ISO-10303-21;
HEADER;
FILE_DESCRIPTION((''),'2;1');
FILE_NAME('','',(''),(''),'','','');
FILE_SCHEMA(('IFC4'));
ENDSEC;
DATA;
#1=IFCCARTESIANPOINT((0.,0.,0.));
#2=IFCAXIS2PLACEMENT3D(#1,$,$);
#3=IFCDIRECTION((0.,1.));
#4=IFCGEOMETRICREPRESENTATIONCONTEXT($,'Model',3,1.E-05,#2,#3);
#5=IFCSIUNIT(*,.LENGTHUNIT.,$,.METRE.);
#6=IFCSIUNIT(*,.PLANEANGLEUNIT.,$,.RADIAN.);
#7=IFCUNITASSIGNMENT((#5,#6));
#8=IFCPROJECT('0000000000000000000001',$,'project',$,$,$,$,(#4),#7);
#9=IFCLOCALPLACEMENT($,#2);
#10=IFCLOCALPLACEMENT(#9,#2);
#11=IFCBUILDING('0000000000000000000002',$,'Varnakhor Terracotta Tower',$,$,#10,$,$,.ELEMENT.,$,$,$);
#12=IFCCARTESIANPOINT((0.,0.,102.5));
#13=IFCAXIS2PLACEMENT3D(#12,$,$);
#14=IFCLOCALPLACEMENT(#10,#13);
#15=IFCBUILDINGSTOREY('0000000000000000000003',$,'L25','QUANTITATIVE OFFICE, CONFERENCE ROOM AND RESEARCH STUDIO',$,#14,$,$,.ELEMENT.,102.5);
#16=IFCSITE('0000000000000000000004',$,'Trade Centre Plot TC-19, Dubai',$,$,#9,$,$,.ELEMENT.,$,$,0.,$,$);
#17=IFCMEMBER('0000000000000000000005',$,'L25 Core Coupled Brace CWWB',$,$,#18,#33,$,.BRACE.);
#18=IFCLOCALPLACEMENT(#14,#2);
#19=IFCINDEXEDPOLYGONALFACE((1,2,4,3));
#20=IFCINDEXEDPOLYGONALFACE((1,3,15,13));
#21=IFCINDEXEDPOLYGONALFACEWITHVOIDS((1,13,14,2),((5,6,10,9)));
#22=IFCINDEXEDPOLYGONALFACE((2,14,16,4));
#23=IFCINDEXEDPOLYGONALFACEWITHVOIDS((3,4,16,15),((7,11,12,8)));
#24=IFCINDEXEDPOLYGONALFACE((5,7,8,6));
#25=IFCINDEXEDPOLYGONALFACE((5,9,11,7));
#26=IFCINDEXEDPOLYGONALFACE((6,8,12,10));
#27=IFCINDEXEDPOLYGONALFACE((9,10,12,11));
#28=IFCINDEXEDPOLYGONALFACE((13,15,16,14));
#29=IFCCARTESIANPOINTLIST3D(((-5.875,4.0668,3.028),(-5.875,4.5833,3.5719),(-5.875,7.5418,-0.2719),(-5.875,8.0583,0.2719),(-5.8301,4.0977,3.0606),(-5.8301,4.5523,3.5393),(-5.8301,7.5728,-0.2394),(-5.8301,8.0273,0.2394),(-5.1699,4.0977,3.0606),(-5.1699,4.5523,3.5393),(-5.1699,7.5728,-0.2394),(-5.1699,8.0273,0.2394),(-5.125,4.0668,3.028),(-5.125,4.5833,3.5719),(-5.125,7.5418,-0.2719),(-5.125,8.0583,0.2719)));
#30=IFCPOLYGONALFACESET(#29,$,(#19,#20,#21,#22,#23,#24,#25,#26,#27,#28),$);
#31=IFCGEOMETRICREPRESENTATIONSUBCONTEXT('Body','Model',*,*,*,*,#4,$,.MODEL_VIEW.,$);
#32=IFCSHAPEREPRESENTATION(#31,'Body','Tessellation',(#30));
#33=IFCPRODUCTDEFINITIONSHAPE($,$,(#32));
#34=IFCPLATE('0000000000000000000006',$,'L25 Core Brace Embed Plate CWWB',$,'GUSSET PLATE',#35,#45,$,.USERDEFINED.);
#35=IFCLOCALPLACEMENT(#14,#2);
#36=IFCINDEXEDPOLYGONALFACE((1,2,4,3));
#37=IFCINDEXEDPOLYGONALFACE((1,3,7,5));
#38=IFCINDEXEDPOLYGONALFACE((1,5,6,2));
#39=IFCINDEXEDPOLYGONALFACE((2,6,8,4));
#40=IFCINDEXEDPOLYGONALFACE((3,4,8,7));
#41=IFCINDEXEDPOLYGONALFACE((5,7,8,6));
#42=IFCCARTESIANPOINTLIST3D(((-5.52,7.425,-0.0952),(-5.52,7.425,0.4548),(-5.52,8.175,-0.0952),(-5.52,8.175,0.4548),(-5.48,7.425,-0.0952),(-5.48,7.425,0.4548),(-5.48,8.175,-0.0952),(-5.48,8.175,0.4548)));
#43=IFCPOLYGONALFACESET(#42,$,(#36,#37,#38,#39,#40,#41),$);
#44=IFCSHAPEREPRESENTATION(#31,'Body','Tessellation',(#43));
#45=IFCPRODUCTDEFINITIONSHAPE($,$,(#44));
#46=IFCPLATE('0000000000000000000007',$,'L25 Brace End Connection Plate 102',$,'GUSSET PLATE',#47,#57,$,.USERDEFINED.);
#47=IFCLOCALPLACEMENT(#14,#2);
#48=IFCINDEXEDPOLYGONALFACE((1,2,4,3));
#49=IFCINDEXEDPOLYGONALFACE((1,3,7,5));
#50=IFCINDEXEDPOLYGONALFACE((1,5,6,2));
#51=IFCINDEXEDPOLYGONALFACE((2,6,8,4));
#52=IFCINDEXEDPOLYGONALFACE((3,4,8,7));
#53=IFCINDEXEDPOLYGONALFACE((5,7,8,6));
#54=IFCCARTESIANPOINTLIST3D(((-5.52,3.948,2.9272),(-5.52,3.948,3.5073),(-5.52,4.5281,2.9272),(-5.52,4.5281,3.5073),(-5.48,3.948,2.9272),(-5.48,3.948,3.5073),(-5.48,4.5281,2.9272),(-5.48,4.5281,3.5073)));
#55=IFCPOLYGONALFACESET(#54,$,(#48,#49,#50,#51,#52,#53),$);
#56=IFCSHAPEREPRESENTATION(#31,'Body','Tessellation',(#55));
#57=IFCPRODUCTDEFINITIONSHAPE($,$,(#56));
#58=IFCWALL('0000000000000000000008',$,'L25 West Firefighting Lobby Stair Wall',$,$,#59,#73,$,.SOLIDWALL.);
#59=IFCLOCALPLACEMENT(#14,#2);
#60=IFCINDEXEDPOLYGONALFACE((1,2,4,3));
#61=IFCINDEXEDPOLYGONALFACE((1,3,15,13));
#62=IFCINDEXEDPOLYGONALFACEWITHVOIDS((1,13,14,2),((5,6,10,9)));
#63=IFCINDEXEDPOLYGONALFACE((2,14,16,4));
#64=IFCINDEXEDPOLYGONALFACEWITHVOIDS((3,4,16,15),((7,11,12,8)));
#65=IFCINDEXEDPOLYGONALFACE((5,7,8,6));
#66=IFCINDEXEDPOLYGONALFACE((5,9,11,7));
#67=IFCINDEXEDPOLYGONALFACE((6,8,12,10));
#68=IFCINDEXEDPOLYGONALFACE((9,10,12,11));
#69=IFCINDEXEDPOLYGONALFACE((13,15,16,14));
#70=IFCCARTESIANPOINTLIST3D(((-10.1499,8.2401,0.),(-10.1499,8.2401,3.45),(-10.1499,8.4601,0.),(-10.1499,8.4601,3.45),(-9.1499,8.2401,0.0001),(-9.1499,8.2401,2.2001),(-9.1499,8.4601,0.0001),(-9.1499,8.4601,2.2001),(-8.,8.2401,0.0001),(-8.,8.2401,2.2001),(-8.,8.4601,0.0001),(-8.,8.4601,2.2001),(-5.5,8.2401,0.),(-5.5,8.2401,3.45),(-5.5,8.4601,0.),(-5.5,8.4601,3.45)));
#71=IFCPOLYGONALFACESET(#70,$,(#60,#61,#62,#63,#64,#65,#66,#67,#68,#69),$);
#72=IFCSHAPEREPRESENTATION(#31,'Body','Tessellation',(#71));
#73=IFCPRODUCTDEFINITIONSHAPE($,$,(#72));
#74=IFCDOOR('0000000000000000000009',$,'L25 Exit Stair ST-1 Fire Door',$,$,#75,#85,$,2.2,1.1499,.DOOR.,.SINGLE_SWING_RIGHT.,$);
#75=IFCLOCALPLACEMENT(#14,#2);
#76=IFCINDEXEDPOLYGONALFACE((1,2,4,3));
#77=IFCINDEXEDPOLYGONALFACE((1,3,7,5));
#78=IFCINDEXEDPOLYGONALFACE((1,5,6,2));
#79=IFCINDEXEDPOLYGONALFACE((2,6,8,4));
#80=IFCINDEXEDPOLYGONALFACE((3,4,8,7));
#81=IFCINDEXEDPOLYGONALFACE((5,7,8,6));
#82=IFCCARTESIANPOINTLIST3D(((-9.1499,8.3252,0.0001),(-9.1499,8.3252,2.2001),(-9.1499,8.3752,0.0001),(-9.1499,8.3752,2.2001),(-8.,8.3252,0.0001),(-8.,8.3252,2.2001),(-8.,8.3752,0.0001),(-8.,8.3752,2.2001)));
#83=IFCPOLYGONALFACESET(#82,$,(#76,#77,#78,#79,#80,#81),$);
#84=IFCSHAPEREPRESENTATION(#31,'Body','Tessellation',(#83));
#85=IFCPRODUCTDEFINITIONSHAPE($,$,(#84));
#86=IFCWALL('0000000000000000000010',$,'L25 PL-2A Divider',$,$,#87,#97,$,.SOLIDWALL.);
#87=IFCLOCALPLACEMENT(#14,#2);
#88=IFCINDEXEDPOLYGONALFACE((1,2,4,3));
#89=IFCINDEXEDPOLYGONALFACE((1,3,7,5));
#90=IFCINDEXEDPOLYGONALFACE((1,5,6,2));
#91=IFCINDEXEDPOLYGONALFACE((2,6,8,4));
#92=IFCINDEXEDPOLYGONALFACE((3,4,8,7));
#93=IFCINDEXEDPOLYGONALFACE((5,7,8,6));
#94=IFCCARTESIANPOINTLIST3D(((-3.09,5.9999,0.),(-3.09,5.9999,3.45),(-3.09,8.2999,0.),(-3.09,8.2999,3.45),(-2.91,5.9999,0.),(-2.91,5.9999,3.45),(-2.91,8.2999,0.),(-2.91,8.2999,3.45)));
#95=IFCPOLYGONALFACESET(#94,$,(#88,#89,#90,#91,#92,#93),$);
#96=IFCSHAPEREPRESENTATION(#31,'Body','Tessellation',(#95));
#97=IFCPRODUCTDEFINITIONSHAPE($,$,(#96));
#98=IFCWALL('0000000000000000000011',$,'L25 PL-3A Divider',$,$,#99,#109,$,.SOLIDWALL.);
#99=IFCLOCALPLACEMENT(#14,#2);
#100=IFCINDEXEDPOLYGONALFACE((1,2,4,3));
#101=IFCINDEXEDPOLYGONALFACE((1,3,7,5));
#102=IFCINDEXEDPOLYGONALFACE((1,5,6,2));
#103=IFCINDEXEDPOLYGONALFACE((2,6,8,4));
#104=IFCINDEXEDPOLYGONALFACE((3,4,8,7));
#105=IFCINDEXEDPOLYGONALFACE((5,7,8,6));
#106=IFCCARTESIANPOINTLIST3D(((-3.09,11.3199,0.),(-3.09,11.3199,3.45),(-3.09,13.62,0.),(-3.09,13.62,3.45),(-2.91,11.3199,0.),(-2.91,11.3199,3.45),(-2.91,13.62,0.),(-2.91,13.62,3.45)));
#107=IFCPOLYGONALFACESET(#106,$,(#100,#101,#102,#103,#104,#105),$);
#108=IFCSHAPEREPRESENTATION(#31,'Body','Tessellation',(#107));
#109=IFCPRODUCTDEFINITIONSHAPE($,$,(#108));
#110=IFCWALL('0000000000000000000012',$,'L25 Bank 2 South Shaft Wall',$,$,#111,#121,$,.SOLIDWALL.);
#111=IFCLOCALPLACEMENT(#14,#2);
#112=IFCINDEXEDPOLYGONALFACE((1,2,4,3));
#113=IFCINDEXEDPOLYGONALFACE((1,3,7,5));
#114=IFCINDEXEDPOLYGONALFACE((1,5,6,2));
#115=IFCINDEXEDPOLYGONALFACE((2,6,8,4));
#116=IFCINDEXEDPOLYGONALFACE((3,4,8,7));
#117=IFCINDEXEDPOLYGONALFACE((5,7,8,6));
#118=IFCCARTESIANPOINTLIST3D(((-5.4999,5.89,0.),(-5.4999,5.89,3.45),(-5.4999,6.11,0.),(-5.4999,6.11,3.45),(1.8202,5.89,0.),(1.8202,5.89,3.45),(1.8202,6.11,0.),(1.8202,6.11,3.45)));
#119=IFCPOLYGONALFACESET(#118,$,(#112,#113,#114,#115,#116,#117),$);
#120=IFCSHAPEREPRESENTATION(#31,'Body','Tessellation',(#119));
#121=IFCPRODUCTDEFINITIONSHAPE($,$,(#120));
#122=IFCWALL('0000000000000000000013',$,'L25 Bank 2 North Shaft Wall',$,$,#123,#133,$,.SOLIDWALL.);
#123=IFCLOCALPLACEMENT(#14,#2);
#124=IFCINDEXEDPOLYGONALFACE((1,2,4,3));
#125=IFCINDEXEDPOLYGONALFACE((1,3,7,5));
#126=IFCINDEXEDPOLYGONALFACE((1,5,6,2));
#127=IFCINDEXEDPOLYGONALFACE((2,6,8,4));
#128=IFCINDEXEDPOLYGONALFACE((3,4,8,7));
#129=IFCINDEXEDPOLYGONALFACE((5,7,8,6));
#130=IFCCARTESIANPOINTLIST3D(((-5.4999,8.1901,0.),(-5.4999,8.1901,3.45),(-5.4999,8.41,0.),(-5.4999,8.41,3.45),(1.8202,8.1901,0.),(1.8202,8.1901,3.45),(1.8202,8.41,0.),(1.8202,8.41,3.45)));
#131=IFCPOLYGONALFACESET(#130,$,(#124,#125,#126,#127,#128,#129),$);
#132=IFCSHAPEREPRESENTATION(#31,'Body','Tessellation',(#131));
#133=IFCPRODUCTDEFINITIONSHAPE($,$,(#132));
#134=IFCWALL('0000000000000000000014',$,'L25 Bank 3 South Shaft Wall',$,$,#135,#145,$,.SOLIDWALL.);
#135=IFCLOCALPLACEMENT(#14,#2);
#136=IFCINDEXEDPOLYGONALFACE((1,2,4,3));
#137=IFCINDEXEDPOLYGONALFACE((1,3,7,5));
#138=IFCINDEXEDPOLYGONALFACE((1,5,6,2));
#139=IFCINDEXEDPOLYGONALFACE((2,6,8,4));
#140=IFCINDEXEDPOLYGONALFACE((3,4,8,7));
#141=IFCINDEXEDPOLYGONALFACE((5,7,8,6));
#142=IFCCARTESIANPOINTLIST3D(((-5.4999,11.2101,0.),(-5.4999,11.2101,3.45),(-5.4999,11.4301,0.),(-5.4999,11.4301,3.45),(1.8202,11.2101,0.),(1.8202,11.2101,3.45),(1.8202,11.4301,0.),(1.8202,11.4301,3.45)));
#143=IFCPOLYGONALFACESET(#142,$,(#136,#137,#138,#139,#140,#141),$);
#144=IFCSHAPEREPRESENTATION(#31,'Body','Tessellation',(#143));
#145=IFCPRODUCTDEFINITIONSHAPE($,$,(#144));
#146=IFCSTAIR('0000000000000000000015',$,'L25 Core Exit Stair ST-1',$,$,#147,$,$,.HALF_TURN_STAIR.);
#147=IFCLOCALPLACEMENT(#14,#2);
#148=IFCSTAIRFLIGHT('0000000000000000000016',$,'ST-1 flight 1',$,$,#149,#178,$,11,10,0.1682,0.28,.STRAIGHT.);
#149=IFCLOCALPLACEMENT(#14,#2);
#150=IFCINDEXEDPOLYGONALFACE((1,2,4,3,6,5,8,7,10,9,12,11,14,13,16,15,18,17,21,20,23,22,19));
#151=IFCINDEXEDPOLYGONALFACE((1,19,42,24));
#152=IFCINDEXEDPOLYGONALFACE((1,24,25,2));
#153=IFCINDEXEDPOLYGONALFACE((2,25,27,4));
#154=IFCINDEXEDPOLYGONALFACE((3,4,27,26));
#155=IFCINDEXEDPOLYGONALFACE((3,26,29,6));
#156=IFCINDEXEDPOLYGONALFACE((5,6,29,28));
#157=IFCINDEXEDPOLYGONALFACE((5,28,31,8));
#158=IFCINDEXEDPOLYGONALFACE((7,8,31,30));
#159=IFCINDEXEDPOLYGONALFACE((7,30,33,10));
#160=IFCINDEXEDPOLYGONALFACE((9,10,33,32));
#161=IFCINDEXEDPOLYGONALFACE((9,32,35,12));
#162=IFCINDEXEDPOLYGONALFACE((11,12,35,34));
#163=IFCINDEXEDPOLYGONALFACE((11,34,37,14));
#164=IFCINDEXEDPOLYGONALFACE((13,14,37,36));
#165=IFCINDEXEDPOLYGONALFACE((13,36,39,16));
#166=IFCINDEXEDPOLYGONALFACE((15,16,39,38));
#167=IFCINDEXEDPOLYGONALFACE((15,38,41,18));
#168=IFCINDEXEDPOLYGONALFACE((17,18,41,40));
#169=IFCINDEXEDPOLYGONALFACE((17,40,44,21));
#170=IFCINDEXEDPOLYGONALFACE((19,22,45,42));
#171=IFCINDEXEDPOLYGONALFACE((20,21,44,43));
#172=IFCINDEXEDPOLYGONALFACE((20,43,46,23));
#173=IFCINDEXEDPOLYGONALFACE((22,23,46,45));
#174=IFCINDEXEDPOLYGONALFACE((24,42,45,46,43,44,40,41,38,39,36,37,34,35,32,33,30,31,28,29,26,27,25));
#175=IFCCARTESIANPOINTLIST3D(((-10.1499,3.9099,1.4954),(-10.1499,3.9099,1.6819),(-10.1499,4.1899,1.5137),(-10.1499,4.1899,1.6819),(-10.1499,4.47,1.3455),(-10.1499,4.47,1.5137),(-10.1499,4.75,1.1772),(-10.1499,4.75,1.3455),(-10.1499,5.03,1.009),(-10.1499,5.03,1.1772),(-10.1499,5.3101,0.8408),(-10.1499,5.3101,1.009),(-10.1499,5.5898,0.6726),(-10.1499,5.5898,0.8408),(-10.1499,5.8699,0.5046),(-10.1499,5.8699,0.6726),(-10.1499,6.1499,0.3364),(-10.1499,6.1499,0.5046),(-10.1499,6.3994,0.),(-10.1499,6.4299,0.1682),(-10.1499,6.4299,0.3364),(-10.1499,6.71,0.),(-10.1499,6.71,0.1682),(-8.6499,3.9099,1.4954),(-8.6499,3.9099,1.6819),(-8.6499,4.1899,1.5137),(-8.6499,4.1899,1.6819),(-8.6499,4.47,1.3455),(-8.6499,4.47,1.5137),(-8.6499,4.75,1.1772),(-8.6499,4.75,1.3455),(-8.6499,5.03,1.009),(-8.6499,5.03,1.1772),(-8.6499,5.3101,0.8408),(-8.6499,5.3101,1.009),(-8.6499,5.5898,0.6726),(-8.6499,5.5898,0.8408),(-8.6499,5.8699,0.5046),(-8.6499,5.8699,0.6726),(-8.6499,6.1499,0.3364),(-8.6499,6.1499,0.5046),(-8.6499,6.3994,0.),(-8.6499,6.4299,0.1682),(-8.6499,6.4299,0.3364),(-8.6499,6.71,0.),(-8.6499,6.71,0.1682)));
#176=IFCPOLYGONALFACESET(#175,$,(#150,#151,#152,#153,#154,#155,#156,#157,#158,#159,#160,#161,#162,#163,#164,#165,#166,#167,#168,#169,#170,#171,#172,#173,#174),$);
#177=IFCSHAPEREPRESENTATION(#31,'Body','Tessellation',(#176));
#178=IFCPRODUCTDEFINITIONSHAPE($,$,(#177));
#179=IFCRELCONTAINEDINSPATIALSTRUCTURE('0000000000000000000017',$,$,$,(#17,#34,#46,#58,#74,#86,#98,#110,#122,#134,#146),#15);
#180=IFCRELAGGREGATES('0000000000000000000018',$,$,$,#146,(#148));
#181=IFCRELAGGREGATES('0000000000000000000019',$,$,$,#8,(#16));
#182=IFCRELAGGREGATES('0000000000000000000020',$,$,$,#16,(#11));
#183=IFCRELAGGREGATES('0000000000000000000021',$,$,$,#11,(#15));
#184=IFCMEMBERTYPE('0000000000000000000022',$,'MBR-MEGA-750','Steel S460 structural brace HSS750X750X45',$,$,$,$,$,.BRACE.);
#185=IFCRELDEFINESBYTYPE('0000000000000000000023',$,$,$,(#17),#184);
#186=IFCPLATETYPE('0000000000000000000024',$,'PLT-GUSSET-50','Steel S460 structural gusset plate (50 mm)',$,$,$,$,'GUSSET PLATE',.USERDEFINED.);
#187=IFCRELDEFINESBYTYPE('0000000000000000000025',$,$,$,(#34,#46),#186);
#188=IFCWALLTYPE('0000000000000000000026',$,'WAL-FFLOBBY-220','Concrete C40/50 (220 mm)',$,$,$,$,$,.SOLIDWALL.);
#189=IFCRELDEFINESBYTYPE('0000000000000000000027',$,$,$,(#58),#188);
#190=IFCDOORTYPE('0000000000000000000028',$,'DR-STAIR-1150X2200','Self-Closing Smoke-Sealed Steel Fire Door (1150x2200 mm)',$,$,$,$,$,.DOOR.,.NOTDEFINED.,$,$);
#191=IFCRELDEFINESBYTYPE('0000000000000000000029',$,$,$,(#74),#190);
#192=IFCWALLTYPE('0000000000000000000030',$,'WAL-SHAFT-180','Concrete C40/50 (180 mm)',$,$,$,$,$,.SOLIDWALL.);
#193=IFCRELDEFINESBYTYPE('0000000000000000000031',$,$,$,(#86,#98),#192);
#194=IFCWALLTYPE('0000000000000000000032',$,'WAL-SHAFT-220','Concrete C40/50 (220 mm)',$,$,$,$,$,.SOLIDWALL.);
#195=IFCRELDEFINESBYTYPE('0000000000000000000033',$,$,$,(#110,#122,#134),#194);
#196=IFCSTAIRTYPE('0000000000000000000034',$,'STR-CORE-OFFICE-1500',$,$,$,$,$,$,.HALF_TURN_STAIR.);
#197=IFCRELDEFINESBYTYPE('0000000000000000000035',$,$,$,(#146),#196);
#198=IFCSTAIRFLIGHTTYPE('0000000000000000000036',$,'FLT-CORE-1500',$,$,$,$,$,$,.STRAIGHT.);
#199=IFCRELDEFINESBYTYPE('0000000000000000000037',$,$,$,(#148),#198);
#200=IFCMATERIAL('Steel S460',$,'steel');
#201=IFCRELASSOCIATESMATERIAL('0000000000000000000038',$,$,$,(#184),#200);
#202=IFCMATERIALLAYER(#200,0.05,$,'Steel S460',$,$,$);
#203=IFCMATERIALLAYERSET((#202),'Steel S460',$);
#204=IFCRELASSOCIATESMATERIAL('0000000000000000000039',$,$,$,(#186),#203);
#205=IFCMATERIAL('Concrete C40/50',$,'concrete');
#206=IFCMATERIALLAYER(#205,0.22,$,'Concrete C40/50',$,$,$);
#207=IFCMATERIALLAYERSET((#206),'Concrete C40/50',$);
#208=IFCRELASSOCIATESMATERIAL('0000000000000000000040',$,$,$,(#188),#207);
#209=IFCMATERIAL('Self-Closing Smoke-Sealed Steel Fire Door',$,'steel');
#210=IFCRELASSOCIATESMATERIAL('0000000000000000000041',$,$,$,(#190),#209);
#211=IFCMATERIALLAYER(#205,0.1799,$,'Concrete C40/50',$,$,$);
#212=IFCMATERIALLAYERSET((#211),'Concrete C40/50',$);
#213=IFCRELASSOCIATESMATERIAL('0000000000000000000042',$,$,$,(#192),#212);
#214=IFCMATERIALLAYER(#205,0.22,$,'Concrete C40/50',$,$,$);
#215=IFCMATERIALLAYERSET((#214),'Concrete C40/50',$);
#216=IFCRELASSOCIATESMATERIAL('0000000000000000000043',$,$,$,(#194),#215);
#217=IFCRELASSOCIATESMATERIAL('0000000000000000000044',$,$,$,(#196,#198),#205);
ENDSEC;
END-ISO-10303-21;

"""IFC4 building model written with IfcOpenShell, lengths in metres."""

from ifc_helpers import new_model, si_unit, direction, frame, frame_2d, origin, origin_2d, place, context, subcontext, project, spatial, polyline, rectangle, hollow_rectangle, outline, extrude, source, transform, mapped, material, layer, layer_set, material_profile, profile_set, type_object, type_shapes, element, fill, aggregate, save


model = new_model("IFC4")

# Units and contexts
model_context = context("Model", 3, precision=1e-05, world=origin(), true_north=direction((0.0, 1.0)))
body_context = subcontext(model_context, "Body", "Model", "MODEL_VIEW")
ifc_project = project(units=[si_unit("LENGTHUNIT", "METRE"), si_unit("PLANEANGLEUNIT", "RADIAN")], contexts=[model_context])

# Site, building, storey
site_placement = place(None, origin())
site = spatial("IfcSite", under=ifc_project, at=site_placement, Name="Trade Centre Plot TC-19, Dubai", CompositionType="ELEMENT", RefElevation=0.0)
building_placement = place(site_placement, origin())
building = spatial("IfcBuilding", under=site, at=building_placement, Name="Varnakhor Terracotta Tower", CompositionType="ELEMENT")
storey_placement = place(building_placement, frame((0.0, 0.0, 102.5)))
storey = spatial("IfcBuildingStorey", under=building, at=storey_placement, Name="L25", Description="QUANTITATIVE OFFICE, CONFERENCE ROOM AND RESEARCH STUDIO", CompositionType="ELEMENT", Elevation=102.5)

# Member
ifc_material_1 = material(Name="Steel S460", Category="steel")
ifc_material_profile = material_profile(ifc_material_1, hollow_rectangle(XDim=0.75, YDim=0.75, WallThickness=0.0449, at=origin_2d()), Name="HSS750X750X45")
ifc_profile_set = profile_set([ifc_material_profile], Name="Steel S460")
member_type = type_object("IfcMemberType", Name="MBR-MEGA-750", Description="Steel S460 structural brace HSS750X750X45", PredefinedType="BRACE", material=ifc_profile_set)
shared_shape_1 = source(origin(), body_context, "Body", "SweptSolid", [
    extrude(hollow_rectangle(XDim=0.75, YDim=0.75, WallThickness=0.0449, at=origin_2d()), origin(), (0.0, 0.0, 1.0), 4.7922),
])
member_placement = place(storey_placement, frame((-5.5, 7.8, 0.0), z_axis=(0.0, -0.725134, 0.688608), x_axis=(1.0, 0.0, 0.0)))
element("IfcMember", 1, at=member_placement, inside=storey, type_object=member_type, Name="L25 Core Coupled Brace CWWB", PredefinedType="BRACE", context=body_context, shape_type="MappedRepresentation", body=[
    mapped(shared_shape_1, transform((0.0, 0.0, 0.0), scale=1.0)),
])

# Plates
ifc_layer_1 = layer(ifc_material_1, 0.05, Name="Steel S460")
ifc_layer_set_1 = layer_set([ifc_layer_1], Name="Steel S460")
plate_type = type_object("IfcPlateType", Name="PLT-GUSSET-50", Description="Steel S460 structural gusset plate (50 mm)", ElementType="GUSSET PLATE", PredefinedType="USERDEFINED", material=ifc_layer_set_1)
shared_shape_2 = source(origin(), body_context, "Body", "SweptSolid", [
    extrude(rectangle(XDim=0.75, YDim=0.04, at=origin_2d()), origin(), (0.0, 0.0, 1.0), 0.55),
])
type_shapes(plate_type, [shared_shape_2])
plate_1_placement = place(storey_placement, frame((-5.5, 7.8, -0.0952), z_axis=(0.0, 0.0, 1.0), x_axis=(0.0, 1.0, 0.0)))
element("IfcPlate", 2, at=plate_1_placement, inside=storey, type_object=plate_type, Name="L25 Core Brace Embed Plate CWWB", ObjectType="GUSSET PLATE", PredefinedType="USERDEFINED", context=body_context, shape_type="MappedRepresentation", body=[
    mapped(shared_shape_2, transform((0.0, 0.0, 0.0), scale=1.0)),
])
shared_shape_3 = source(origin(), body_context, "Body", "SweptSolid", [
    extrude(rectangle(XDim=0.5801, YDim=0.04, at=origin_2d()), origin(), (0.0, 0.0, 1.0), 0.5801),
])
plate_2_placement = place(storey_placement, frame((-5.5, 4.238, 2.9272), z_axis=(0.0, 0.0, 1.0), x_axis=(0.0, 1.0, 0.0)))
element("IfcPlate", 3, at=plate_2_placement, inside=storey, type_object=plate_type, Name="L25 Brace End Connection Plate 102", ObjectType="GUSSET PLATE", PredefinedType="USERDEFINED", context=body_context, shape_type="MappedRepresentation", body=[
    mapped(shared_shape_3, transform((0.0, 0.0, 0.0), scale=1.0)),
])

# Wall, opening, door
ifc_material_2 = material(Name="Concrete C40/50", Category="concrete")
ifc_layer_2 = layer(ifc_material_2, 0.22, Name="Concrete C40/50")
ifc_layer_set_2 = layer_set([ifc_layer_2], Name="Concrete C40/50")
wall_type_1 = type_object("IfcWallType", Name="WAL-FFLOBBY-220", Description="Concrete C40/50 (220 mm)", PredefinedType="SOLIDWALL", material=ifc_layer_set_2)
wall_placement = place(storey_placement, frame((-5.5, 8.3501, 0.0), z_axis=(0.0, 0.0, 1.0), x_axis=(-1.0, 0.0, 0.0)))
wall = element("IfcWall", 4, at=wall_placement, inside=storey, type_object=wall_type_1, Name="L25 West Firefighting Lobby Stair Wall", PredefinedType="SOLIDWALL", context=body_context, shape_type="SweptSolid", body=[
    extrude(rectangle(XDim=4.6499, YDim=0.22, at=frame_2d((2.325, 0.0))), origin(), (0.0, 0.0, 1.0), 3.45),
])
opening_placement = place(wall_placement, frame((2.5, 0.0, 0.0)))
opening = element("IfcOpeningElement", 5, at=opening_placement, cuts=wall, PredefinedType="OPENING", context=body_context, shape_type="SweptSolid", body=[
    extrude(rectangle(XDim=1.1499, YDim=2.2, at=frame_2d((0.575, 1.1001))), frame((0.0, 0.1201, 0.0), z_axis=(0.0, -1.0, 0.0), x_axis=(1.0, 0.0, 0.0)), (0.0, 0.0, 1.0), 0.24),
])
ifc_material_3 = material(Name="Self-Closing Smoke-Sealed Steel Fire Door", Category="steel")
door_type = type_object("IfcDoorType", Name="DR-STAIR-1150X2200", Description="Self-Closing Smoke-Sealed Steel Fire Door (1150x2200 mm)", OperationType="NOTDEFINED", PredefinedType="DOOR", material=ifc_material_3)
shared_shape_4 = source(origin(), body_context, "Body", "SweptSolid", [
    extrude(rectangle(XDim=1.1499, YDim=2.2, at=frame_2d((0.575, 1.1001))), frame((0.0, 0.0249, 0.0), z_axis=(0.0, -1.0, 0.0), x_axis=(1.0, 0.0, 0.0)), (0.0, 0.0, 1.0), 0.05),
])
type_shapes(door_type, [shared_shape_4])
door_placement = place(opening_placement, origin())
door = element("IfcDoor", 6, at=door_placement, inside=storey, type_object=door_type, Name="L25 Exit Stair ST-1 Fire Door", OperationType="SINGLE_SWING_RIGHT", OverallHeight=2.2, OverallWidth=1.1499, PredefinedType="DOOR", context=body_context, shape_type="MappedRepresentation", body=[
    mapped(shared_shape_4, transform((0.0, 0.0, 0.0), scale=1.0)),
])
fill(opening, door)

# Walls
ifc_layer_3 = layer(ifc_material_2, 0.1799, Name="Concrete C40/50")
ifc_layer_set_3 = layer_set([ifc_layer_3], Name="Concrete C40/50")
wall_type_2 = type_object("IfcWallType", Name="WAL-SHAFT-180", Description="Concrete C40/50 (180 mm)", PredefinedType="SOLIDWALL", material=ifc_layer_set_3)
for number, where, z_axis, x_axis, name in (
    (7, (-3.0, 6.0, 0.0), (0.0, 0.0, 1.0), (0.0, 1.0, 0.0), "L25 PL-2A Divider"),
    (8, (-3.0, 11.3201, 0.0), (0.0, 0.0, 1.0), (0.0, 1.0, 0.0), "L25 PL-3A Divider"),
):
    element("IfcWall", number, at=place(storey_placement, frame(where, z_axis=z_axis, x_axis=x_axis)), inside=storey, type_object=wall_type_2, Name=name, PredefinedType="SOLIDWALL", context=body_context, shape_type="SweptSolid", body=[
        extrude(rectangle(XDim=2.3, YDim=0.1799, at=frame_2d((1.1499, 0.0))), origin(), (0.0, 0.0, 1.0), 3.45),
    ])
ifc_layer_4 = layer(ifc_material_2, 0.22, Name="Concrete C40/50")
ifc_layer_set_4 = layer_set([ifc_layer_4], Name="Concrete C40/50")
wall_type_3 = type_object("IfcWallType", Name="WAL-SHAFT-220", Description="Concrete C40/50 (220 mm)", PredefinedType="SOLIDWALL", material=ifc_layer_set_4)
for number, where, z_axis, x_axis, name in (
    (9, (-5.5, 6.0, 0.0), (0.0, 0.0, 1.0), (1.0, 0.0, 0.0), "L25 Bank 2 South Shaft Wall"),
    (10, (-5.5, 8.3, 0.0), (0.0, 0.0, 1.0), (1.0, 0.0, 0.0), "L25 Bank 2 North Shaft Wall"),
    (11, (-5.5, 11.3201, 0.0), (0.0, 0.0, 1.0), (1.0, 0.0, 0.0), "L25 Bank 3 South Shaft Wall"),
):
    element("IfcWall", number, at=place(storey_placement, frame(where, z_axis=z_axis, x_axis=x_axis)), inside=storey, type_object=wall_type_3, Name=name, PredefinedType="SOLIDWALL", context=body_context, shape_type="SweptSolid", body=[
        extrude(rectangle(XDim=7.3201, YDim=0.22, at=frame_2d((3.6602, 0.0))), origin(), (0.0, 0.0, 1.0), 3.45),
    ])

# Stair, stair flight
stair_type = type_object("IfcStairType", Name="STR-CORE-OFFICE-1500", PredefinedType="HALF_TURN_STAIR", material=ifc_material_2)
stair_placement = place(storey_placement, origin())
stair = element("IfcStair", 12, at=stair_placement, inside=storey, type_object=stair_type, Name="L25 Core Exit Stair ST-1", PredefinedType="HALF_TURN_STAIR")
stair_flight_type = type_object("IfcStairFlightType", Name="FLT-CORE-1500", PredefinedType="STRAIGHT", material=ifc_material_2)
stair_flight_1_placement = place(storey_placement, frame((-9.3999, 6.71, 0.0), z_axis=(0.0, 0.0, 1.0), x_axis=(0.0, -1.0, 0.0)))
stair_flight_1 = element("IfcStairFlight", 13, at=stair_flight_1_placement, type_object=stair_flight_type, Name="ST-1 flight 1", NumberOfRisers=11, NumberOfTreads=10, PredefinedType="STRAIGHT", RiserHeight=0.1682, TreadLength=0.28, context=body_context, shape_type="SweptSolid", body=[
    extrude(outline(polyline([(0.0, 0.0), (0.0, 0.1682), (0.28, 0.1682), (0.28, 0.3364), (0.5601, 0.3364), (0.5601, 0.5046), (0.8401, 0.5046), (0.8401, 0.6726), (1.1201, 0.6726), (1.1201, 0.8408), (1.3999, 0.8408), (1.3999, 1.009), (1.6799, 1.009), (1.6799, 1.1772), (1.96, 1.1772), (1.96, 1.3455), (2.24, 1.3455), (2.24, 1.5137), (2.52, 1.5137), (2.52, 1.6819), (2.8, 1.6819), (2.8, 1.8501), (2.8, 1.4954), (0.3105, 0.0), (0.0, 0.0)])), frame((0.0, 0.75, 0.0), z_axis=(0.0, -1.0, 0.0), x_axis=(1.0, 0.0, 0.0)), (0.0, 0.0, 1.0), 1.5),
])
aggregate(stair, [stair_flight_1])

save(model, "model.ifc")
